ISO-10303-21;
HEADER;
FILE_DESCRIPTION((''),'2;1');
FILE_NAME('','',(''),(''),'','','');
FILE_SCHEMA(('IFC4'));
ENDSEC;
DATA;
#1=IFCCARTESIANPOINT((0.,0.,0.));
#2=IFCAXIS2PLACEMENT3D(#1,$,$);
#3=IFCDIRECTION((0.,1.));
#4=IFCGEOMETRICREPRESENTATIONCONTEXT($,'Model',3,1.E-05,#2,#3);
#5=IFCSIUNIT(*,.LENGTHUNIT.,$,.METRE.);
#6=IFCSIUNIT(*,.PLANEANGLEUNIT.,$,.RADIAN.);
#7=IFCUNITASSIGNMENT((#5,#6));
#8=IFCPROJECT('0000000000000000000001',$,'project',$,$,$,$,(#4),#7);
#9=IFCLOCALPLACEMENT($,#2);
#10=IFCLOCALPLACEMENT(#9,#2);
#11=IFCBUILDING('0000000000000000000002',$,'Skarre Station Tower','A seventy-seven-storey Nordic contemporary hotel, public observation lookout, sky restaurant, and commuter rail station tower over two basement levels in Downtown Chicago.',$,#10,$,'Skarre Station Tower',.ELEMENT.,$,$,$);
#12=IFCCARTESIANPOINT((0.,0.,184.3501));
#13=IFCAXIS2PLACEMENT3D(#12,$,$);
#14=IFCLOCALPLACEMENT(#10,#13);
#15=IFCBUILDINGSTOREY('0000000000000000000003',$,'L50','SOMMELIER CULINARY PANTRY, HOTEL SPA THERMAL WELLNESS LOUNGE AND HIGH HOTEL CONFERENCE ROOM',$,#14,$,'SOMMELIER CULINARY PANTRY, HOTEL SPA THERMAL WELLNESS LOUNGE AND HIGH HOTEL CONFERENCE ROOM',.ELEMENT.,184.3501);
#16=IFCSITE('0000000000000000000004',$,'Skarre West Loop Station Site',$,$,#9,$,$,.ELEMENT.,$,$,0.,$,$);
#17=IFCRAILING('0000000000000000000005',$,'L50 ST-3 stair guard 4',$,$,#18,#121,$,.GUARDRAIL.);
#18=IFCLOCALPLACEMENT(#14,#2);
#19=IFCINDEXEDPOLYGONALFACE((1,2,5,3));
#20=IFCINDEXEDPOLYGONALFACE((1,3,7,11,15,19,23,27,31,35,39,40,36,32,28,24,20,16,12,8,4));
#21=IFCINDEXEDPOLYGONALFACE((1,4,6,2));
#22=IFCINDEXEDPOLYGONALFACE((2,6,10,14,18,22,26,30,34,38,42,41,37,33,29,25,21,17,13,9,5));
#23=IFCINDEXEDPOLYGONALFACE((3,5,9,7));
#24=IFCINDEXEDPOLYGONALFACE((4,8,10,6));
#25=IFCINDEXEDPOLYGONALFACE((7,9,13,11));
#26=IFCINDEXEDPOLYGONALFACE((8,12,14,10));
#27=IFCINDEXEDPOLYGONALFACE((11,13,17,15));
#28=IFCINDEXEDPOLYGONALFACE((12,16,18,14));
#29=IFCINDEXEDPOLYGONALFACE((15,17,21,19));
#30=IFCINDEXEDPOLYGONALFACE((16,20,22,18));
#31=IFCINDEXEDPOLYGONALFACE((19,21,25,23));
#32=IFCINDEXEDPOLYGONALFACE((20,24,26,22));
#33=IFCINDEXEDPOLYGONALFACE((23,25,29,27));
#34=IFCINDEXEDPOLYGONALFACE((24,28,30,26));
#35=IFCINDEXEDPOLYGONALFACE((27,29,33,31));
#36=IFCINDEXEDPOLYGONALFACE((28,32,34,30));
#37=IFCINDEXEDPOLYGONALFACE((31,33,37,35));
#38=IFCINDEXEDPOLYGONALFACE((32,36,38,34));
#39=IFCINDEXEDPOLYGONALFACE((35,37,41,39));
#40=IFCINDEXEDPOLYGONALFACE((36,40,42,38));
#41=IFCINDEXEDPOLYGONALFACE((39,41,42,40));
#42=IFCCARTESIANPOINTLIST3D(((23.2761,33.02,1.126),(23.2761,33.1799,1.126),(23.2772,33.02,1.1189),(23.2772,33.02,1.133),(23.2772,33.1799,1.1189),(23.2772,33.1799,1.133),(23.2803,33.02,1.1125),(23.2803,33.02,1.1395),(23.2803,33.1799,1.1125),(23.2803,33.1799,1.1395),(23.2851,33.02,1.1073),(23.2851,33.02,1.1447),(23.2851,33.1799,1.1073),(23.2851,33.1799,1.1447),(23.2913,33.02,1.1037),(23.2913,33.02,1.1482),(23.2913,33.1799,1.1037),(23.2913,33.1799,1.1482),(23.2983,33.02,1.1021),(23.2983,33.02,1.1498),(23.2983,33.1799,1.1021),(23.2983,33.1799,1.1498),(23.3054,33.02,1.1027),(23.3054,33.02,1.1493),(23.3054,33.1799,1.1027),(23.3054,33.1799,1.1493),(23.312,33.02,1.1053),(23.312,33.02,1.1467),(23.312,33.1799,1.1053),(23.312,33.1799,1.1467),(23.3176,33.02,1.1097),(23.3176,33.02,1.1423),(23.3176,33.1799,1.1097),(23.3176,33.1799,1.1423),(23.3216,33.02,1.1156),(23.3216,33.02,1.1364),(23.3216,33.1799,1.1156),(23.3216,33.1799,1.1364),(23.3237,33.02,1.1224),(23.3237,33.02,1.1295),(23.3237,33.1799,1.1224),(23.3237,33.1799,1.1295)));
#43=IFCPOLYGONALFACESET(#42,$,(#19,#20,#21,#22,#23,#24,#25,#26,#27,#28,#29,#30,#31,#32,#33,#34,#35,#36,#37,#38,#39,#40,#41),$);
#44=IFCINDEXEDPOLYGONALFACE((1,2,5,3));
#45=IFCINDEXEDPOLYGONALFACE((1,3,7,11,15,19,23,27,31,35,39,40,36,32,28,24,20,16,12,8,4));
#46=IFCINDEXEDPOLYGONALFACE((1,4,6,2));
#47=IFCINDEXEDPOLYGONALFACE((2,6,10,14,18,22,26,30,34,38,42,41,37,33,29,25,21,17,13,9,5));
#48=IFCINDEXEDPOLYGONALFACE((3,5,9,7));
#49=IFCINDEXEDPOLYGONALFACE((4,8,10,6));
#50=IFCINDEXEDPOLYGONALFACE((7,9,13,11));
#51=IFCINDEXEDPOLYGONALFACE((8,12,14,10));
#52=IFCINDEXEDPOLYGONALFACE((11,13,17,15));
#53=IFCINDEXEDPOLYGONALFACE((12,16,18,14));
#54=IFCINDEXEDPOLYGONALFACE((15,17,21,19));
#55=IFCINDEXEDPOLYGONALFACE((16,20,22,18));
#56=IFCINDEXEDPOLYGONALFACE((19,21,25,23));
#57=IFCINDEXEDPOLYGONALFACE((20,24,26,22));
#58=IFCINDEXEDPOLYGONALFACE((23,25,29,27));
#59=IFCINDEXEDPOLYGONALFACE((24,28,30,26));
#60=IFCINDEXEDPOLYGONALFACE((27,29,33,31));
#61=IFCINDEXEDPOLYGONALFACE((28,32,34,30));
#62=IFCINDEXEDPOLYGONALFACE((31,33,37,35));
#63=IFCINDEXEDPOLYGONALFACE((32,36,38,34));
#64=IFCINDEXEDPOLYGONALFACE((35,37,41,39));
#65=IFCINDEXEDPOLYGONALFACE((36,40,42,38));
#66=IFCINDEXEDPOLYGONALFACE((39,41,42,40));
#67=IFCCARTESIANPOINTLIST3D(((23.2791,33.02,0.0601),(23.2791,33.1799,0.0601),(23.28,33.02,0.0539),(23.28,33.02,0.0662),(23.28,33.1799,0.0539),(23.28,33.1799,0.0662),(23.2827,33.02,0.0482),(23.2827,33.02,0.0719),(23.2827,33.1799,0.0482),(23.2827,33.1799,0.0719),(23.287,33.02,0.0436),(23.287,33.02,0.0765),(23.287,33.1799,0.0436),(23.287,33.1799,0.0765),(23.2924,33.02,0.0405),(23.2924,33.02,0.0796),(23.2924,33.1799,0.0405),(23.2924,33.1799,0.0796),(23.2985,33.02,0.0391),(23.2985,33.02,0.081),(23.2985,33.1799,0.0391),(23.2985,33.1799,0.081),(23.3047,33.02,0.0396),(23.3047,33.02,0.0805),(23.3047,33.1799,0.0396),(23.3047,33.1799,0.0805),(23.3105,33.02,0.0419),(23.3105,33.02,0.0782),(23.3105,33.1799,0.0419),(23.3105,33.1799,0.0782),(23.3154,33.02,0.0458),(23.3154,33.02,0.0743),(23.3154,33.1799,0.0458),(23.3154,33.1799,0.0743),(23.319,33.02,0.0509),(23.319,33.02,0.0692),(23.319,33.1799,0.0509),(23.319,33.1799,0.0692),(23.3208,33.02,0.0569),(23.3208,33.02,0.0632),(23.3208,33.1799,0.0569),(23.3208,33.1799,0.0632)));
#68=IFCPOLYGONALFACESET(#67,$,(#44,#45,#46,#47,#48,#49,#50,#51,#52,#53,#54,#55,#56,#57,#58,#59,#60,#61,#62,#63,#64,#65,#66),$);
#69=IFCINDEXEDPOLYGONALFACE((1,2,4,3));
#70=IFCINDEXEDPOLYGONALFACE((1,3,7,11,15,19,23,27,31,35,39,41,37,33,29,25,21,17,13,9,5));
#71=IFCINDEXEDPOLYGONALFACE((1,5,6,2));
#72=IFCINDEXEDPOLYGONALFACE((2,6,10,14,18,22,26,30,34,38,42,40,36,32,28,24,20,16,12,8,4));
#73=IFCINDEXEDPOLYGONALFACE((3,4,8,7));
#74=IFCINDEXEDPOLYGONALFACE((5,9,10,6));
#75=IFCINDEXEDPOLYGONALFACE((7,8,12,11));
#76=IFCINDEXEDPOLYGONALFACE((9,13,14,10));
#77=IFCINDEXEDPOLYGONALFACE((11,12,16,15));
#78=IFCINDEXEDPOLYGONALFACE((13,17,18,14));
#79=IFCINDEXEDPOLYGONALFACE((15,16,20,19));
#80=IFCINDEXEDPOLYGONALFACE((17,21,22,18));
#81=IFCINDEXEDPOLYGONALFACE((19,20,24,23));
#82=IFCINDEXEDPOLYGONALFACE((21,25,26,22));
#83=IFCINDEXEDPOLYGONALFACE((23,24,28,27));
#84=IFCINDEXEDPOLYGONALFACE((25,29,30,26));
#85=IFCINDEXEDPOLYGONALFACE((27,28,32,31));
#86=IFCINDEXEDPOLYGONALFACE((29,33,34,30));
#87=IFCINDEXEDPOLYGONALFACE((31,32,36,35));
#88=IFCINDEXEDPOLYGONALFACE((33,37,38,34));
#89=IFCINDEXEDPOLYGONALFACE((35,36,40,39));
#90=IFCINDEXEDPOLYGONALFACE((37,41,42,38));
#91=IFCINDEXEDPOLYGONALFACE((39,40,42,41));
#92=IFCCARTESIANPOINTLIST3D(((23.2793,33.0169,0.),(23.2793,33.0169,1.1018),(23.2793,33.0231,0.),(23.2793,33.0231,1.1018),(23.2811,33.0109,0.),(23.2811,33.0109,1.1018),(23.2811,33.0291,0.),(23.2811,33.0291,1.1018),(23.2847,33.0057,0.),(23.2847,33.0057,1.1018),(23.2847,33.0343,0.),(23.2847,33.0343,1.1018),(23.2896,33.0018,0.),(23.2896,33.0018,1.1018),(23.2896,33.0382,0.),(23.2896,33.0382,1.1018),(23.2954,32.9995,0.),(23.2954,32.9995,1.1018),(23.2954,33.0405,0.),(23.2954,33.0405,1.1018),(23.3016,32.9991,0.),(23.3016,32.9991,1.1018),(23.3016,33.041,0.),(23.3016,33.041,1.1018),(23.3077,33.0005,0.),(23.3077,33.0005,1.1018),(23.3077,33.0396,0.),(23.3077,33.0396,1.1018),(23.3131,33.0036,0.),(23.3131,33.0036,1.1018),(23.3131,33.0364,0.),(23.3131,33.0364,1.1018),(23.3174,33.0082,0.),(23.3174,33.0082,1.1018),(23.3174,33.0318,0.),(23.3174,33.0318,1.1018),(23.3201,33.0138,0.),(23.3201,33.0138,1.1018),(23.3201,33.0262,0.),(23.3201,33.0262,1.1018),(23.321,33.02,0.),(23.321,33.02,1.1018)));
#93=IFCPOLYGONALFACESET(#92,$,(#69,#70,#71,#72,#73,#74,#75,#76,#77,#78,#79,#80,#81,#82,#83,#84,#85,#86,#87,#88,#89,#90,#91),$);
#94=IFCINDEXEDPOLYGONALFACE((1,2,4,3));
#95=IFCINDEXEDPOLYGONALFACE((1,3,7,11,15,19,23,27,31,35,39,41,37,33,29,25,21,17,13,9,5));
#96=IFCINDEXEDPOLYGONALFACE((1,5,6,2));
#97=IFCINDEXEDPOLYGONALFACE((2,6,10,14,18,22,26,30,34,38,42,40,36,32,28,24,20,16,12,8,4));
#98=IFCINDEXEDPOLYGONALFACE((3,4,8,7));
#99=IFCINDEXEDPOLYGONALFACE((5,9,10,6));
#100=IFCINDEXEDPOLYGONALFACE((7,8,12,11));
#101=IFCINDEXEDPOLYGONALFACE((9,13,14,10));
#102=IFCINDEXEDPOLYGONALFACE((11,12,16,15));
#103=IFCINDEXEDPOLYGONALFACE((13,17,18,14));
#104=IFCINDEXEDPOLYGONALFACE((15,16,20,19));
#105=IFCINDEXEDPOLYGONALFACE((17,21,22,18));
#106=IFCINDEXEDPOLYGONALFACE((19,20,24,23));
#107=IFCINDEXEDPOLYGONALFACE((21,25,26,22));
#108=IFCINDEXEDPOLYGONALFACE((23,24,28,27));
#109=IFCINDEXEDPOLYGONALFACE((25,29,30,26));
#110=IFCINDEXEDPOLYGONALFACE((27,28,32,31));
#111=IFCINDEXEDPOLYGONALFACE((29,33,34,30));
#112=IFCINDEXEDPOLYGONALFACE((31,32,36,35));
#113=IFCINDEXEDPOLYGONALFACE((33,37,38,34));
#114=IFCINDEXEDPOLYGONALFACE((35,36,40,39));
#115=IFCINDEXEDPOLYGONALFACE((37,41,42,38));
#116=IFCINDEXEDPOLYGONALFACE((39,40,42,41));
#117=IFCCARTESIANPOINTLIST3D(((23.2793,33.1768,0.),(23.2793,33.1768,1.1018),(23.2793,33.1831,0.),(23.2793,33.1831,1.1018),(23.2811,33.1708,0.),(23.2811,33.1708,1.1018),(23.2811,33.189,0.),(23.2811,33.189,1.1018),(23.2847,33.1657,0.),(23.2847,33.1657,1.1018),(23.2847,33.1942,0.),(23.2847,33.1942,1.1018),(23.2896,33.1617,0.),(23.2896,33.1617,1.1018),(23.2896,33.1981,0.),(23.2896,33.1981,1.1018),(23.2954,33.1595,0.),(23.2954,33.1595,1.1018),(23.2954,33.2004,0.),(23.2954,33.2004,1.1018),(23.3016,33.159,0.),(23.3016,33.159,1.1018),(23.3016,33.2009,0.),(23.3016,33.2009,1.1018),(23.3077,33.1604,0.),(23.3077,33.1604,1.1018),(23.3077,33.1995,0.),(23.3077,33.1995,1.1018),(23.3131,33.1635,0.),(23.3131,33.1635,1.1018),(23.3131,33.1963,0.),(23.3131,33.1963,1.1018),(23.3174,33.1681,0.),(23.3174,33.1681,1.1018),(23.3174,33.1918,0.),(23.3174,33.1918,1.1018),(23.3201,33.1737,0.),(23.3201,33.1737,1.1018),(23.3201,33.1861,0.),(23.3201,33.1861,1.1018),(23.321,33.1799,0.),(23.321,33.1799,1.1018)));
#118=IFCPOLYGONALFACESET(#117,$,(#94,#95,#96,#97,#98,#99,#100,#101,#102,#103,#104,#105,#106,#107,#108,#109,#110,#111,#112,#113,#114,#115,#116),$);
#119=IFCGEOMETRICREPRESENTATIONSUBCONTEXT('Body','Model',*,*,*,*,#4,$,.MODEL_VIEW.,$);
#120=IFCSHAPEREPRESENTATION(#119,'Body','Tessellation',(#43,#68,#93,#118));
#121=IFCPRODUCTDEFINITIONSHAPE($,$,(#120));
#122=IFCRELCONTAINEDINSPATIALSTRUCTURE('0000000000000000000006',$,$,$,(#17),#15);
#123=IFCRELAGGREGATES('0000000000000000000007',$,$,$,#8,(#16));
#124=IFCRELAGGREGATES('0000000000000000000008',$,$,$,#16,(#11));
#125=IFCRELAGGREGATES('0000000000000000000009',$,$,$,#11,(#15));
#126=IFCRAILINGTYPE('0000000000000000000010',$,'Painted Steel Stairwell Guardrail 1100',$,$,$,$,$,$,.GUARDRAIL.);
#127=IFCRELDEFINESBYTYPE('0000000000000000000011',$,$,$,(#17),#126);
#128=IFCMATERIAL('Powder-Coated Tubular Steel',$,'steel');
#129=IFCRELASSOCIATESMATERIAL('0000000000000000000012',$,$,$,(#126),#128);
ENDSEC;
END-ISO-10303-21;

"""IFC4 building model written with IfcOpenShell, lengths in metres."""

from ifc_helpers import new_model, si_unit, direction, frame, origin, origin_2d, place, context, subcontext, project, spatial, circle, extrude, material, type_object, element, save


model = new_model("IFC4")

# Units and contexts
model_context = context("Model", 3, precision=1e-05, world=origin(), true_north=direction((0.0, 1.0)))
body_context = subcontext(model_context, "Body", "Model", "MODEL_VIEW")
ifc_project = project(units=[si_unit("LENGTHUNIT", "METRE"), si_unit("PLANEANGLEUNIT", "RADIAN")], contexts=[model_context])

# Site, building, storey
site_placement = place(None, origin())
site = spatial("IfcSite", under=ifc_project, at=site_placement, Name="Skarre West Loop Station Site", CompositionType="ELEMENT", RefElevation=0.0)
building_placement = place(site_placement, origin())
building = spatial("IfcBuilding", under=site, at=building_placement, Name="Skarre Station Tower", Description="A seventy-seven-storey Nordic contemporary hotel, public observation lookout, sky restaurant, and commuter rail station tower over two basement levels in Downtown Chicago.", LongName="Skarre Station Tower", CompositionType="ELEMENT")
storey_placement = place(building_placement, frame((0.0, 0.0, 184.3501)))
storey = spatial("IfcBuildingStorey", under=building, at=storey_placement, Name="L50", Description="SOMMELIER CULINARY PANTRY, HOTEL SPA THERMAL WELLNESS LOUNGE AND HIGH HOTEL CONFERENCE ROOM", LongName="SOMMELIER CULINARY PANTRY, HOTEL SPA THERMAL WELLNESS LOUNGE AND HIGH HOTEL CONFERENCE ROOM", CompositionType="ELEMENT", Elevation=184.3501)

# Railing
ifc_material_1 = material(Name="Powder-Coated Tubular Steel", Category="steel")
railing_type_1 = type_object("IfcRailingType", Name="Painted Steel Stairwell Guardrail 1100", PredefinedType="GUARDRAIL", material=ifc_material_1)
railing_1_placement = place(storey_placement, frame((23.3, 33.02, 0.0)))
element("IfcRailing", 1, at=railing_1_placement, inside=storey, type_object=railing_type_1, Name="L50 ST-3 stair guard 4", PredefinedType="GUARDRAIL", context=body_context, shape_type="SweptSolid", body=[
    extrude(circle(Radius=0.0239, at=origin_2d()), frame((0.0, 0.0, 1.126), z_axis=(0.0, 1.0, 0.0), x_axis=(-1.0, 0.0, 0.0)), (0.0, 0.0, 1.0), 0.1599),
    extrude(circle(Radius=0.021, at=origin_2d()), frame((0.0, 0.0, 0.0601), z_axis=(0.0, 1.0, 0.0), x_axis=(-1.0, 0.0, 0.0)), (0.0, 0.0, 1.0), 0.1599),
    extrude(circle(Radius=0.021, at=origin_2d()), origin(), (0.0, 0.0, 1.0), 1.1018),
    extrude(circle(Radius=0.021, at=origin_2d()), frame((0.0, 0.1599, 0.0)), (0.0, 0.0, 1.0), 1.1018),
])

save(model, "model.ifc")
